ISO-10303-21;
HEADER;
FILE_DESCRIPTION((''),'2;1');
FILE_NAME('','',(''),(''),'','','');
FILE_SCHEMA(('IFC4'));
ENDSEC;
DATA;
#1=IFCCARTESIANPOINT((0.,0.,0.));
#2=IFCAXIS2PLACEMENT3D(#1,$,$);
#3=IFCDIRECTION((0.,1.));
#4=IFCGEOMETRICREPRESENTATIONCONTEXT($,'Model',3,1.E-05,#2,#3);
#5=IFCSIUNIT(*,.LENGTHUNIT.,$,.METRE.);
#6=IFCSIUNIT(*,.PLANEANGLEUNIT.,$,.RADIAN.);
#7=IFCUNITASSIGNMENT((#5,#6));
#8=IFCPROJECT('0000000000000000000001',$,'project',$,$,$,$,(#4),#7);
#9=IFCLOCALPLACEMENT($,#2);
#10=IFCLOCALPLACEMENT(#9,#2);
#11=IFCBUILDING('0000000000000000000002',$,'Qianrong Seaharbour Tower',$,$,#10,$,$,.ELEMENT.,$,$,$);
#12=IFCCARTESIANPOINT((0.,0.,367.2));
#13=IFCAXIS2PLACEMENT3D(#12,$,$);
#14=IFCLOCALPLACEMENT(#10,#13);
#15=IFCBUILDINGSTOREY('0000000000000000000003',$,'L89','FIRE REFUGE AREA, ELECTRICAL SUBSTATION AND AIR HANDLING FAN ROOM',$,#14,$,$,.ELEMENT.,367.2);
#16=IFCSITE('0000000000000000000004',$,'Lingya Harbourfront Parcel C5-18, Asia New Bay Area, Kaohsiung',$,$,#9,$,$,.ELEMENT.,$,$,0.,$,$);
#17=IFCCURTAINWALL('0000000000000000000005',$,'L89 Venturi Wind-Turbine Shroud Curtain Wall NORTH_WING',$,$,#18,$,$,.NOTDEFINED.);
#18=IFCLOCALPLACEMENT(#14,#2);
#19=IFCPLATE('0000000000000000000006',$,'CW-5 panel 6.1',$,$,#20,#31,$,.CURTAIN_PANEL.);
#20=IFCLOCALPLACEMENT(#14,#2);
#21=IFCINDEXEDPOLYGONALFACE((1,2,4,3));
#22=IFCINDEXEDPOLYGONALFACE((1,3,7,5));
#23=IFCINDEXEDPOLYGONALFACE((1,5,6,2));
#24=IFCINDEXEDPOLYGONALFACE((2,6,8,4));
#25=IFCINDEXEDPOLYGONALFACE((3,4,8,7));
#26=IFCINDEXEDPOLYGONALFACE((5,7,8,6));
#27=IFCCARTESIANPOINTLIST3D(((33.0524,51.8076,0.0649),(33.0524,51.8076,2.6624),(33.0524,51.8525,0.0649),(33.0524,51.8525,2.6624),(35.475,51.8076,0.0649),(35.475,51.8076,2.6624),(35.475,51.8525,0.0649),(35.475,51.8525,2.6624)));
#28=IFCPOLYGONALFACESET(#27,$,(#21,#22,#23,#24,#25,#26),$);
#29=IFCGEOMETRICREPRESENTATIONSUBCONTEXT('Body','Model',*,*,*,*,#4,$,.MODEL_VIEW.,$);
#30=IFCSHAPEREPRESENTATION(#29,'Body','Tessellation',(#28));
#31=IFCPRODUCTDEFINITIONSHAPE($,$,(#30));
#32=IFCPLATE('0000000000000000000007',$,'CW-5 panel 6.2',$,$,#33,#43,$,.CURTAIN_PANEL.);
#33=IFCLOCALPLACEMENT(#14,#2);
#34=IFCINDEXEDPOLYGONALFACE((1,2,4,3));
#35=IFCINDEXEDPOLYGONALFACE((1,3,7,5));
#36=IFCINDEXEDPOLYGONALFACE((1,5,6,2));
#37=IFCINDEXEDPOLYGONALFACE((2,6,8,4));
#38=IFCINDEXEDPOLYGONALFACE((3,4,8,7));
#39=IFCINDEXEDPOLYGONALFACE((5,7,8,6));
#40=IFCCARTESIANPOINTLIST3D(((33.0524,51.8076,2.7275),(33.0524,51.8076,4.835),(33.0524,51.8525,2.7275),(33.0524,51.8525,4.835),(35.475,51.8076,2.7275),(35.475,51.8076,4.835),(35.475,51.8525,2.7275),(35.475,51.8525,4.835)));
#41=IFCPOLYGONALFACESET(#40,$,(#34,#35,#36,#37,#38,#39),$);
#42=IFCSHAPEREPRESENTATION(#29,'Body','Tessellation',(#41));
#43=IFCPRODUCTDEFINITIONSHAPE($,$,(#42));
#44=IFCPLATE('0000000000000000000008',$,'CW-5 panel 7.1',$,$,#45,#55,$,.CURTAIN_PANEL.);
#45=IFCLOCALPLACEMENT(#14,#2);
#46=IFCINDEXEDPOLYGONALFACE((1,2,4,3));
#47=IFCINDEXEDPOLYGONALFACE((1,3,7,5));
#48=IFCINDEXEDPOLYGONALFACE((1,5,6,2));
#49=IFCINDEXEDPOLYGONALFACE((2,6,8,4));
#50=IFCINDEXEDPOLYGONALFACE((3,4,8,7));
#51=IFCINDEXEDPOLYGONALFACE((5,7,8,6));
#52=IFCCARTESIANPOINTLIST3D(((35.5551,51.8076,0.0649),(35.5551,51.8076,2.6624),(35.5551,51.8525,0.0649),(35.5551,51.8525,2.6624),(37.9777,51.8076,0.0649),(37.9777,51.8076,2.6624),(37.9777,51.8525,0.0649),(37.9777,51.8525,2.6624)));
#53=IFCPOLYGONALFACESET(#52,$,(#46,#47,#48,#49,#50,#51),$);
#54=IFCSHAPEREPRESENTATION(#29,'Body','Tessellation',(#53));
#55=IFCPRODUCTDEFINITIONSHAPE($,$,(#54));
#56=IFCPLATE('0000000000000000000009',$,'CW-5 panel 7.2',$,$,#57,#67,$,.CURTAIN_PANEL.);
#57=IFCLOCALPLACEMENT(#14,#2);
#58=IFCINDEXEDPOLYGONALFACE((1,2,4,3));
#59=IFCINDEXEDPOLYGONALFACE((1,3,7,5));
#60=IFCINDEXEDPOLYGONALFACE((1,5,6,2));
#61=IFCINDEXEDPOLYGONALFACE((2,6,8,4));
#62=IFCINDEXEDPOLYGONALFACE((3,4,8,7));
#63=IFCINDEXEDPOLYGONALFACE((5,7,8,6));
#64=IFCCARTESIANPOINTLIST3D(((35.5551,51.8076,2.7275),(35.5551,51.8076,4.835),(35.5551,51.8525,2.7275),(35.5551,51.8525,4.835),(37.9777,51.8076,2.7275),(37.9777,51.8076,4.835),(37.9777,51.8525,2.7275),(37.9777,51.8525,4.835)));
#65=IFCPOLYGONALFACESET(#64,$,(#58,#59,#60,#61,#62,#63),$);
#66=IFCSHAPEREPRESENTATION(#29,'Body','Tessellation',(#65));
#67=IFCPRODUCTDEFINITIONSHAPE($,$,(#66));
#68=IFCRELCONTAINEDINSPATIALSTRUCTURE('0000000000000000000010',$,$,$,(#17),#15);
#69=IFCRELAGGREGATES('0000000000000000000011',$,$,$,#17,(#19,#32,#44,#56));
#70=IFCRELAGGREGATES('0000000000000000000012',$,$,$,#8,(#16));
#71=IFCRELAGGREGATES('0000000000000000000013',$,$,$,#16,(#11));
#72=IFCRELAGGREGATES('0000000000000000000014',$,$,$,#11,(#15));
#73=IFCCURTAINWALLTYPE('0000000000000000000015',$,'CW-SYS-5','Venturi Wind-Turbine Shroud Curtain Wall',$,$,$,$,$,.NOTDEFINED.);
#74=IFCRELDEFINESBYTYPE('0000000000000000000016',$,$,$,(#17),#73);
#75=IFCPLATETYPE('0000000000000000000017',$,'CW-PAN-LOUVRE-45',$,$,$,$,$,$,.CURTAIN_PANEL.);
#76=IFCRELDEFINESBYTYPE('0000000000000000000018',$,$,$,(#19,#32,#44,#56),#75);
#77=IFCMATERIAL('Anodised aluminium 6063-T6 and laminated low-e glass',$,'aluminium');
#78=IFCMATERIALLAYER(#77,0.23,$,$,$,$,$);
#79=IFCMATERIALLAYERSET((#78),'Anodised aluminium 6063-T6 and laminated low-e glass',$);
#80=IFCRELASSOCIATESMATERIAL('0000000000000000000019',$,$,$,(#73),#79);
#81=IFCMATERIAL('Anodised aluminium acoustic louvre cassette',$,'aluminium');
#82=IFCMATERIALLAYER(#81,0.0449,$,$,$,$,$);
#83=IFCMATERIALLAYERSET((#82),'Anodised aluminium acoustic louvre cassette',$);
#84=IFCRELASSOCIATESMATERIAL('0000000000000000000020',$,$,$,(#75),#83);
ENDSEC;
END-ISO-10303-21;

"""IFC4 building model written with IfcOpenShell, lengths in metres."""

from ifc_helpers import new_model, si_unit, direction, frame, origin, origin_2d, place, context, subcontext, project, spatial, rectangle, extrude, material, layer, layer_set, type_object, element, aggregate, save


model = new_model("IFC4")

# Units and contexts
model_context = context("Model", 3, precision=1e-05, world=origin(), true_north=direction((0.0, 1.0)))
body_context = subcontext(model_context, "Body", "Model", "MODEL_VIEW")
ifc_project = project(units=[si_unit("LENGTHUNIT", "METRE"), si_unit("PLANEANGLEUNIT", "RADIAN")], contexts=[model_context])

# Site, building, storey
site_placement = place(None, origin())
site = spatial("IfcSite", under=ifc_project, at=site_placement, Name="Lingya Harbourfront Parcel C5-18, Asia New Bay Area, Kaohsiung", CompositionType="ELEMENT", RefElevation=0.0)
building_placement = place(site_placement, origin())
building = spatial("IfcBuilding", under=site, at=building_placement, Name="Qianrong Seaharbour Tower", CompositionType="ELEMENT")
storey_placement = place(building_placement, frame((0.0, 0.0, 367.2)))
storey = spatial("IfcBuildingStorey", under=building, at=storey_placement, Name="L89", Description="FIRE REFUGE AREA, ELECTRICAL SUBSTATION AND AIR HANDLING FAN ROOM", CompositionType="ELEMENT", Elevation=367.2)

# Curtain wall, plates
ifc_material_1 = material(Name="Anodised aluminium 6063-T6 and laminated low-e glass", Category="aluminium")
ifc_layer_1 = layer(ifc_material_1, 0.23)
ifc_layer_set_1 = layer_set([ifc_layer_1], Name="Anodised aluminium 6063-T6 and laminated low-e glass")
curtain_wall_type = type_object("IfcCurtainWallType", Name="CW-SYS-5", Description="Venturi Wind-Turbine Shroud Curtain Wall", PredefinedType="NOTDEFINED", material=ifc_layer_set_1)
curtain_wall_placement = place(storey_placement, origin())
curtain_wall = element("IfcCurtainWall", 1, at=curtain_wall_placement, inside=storey, type_object=curtain_wall_type, Name="L89 Venturi Wind-Turbine Shroud Curtain Wall NORTH_WING", PredefinedType="NOTDEFINED")
ifc_material_2 = material(Name="Anodised aluminium acoustic louvre cassette", Category="aluminium")
ifc_layer_2 = layer(ifc_material_2, 0.0449)
ifc_layer_set_2 = layer_set([ifc_layer_2], Name="Anodised aluminium acoustic louvre cassette")
plate_type = type_object("IfcPlateType", Name="CW-PAN-LOUVRE-45", PredefinedType="CURTAIN_PANEL", material=ifc_layer_set_2)
plate_1_placement = place(storey_placement, frame((34.2637, 51.8301, 0.0649), z_axis=(0.0, 0.0, 1.0), x_axis=(1.0, 0.0, 0.0)))
plate_1 = element("IfcPlate", 2, at=plate_1_placement, type_object=plate_type, Name="CW-5 panel 6.1", PredefinedType="CURTAIN_PANEL", context=body_context, shape_type="SweptSolid", body=[
    extrude(rectangle(XDim=2.4226, YDim=0.0449, at=origin_2d()), origin(), (0.0, 0.0, 1.0), 2.5974),
])
plate_2_placement = place(storey_placement, frame((34.2637, 51.8301, 2.7275), z_axis=(0.0, 0.0, 1.0), x_axis=(1.0, 0.0, 0.0)))
plate_2 = element("IfcPlate", 3, at=plate_2_placement, type_object=plate_type, Name="CW-5 panel 6.2", PredefinedType="CURTAIN_PANEL", context=body_context, shape_type="SweptSolid", body=[
    extrude(rectangle(XDim=2.4226, YDim=0.0449, at=origin_2d()), origin(), (0.0, 0.0, 1.0), 2.1074),
])
plate_3_placement = place(storey_placement, frame((36.7664, 51.8301, 0.0649), z_axis=(0.0, 0.0, 1.0), x_axis=(1.0, 0.0, 0.0)))
plate_3 = element("IfcPlate", 4, at=plate_3_placement, type_object=plate_type, Name="CW-5 panel 7.1", PredefinedType="CURTAIN_PANEL", context=body_context, shape_type="SweptSolid", body=[
    extrude(rectangle(XDim=2.4226, YDim=0.0449, at=origin_2d()), origin(), (0.0, 0.0, 1.0), 2.5974),
])
plate_4_placement = place(storey_placement, frame((36.7664, 51.8301, 2.7275), z_axis=(0.0, 0.0, 1.0), x_axis=(1.0, 0.0, 0.0)))
plate_4 = element("IfcPlate", 5, at=plate_4_placement, type_object=plate_type, Name="CW-5 panel 7.2", PredefinedType="CURTAIN_PANEL", context=body_context, shape_type="SweptSolid", body=[
    extrude(rectangle(XDim=2.4226, YDim=0.0449, at=origin_2d()), origin(), (0.0, 0.0, 1.0), 2.1074),
])
aggregate(curtain_wall, [plate_1, plate_2, plate_3, plate_4])

save(model, "model.ifc")
